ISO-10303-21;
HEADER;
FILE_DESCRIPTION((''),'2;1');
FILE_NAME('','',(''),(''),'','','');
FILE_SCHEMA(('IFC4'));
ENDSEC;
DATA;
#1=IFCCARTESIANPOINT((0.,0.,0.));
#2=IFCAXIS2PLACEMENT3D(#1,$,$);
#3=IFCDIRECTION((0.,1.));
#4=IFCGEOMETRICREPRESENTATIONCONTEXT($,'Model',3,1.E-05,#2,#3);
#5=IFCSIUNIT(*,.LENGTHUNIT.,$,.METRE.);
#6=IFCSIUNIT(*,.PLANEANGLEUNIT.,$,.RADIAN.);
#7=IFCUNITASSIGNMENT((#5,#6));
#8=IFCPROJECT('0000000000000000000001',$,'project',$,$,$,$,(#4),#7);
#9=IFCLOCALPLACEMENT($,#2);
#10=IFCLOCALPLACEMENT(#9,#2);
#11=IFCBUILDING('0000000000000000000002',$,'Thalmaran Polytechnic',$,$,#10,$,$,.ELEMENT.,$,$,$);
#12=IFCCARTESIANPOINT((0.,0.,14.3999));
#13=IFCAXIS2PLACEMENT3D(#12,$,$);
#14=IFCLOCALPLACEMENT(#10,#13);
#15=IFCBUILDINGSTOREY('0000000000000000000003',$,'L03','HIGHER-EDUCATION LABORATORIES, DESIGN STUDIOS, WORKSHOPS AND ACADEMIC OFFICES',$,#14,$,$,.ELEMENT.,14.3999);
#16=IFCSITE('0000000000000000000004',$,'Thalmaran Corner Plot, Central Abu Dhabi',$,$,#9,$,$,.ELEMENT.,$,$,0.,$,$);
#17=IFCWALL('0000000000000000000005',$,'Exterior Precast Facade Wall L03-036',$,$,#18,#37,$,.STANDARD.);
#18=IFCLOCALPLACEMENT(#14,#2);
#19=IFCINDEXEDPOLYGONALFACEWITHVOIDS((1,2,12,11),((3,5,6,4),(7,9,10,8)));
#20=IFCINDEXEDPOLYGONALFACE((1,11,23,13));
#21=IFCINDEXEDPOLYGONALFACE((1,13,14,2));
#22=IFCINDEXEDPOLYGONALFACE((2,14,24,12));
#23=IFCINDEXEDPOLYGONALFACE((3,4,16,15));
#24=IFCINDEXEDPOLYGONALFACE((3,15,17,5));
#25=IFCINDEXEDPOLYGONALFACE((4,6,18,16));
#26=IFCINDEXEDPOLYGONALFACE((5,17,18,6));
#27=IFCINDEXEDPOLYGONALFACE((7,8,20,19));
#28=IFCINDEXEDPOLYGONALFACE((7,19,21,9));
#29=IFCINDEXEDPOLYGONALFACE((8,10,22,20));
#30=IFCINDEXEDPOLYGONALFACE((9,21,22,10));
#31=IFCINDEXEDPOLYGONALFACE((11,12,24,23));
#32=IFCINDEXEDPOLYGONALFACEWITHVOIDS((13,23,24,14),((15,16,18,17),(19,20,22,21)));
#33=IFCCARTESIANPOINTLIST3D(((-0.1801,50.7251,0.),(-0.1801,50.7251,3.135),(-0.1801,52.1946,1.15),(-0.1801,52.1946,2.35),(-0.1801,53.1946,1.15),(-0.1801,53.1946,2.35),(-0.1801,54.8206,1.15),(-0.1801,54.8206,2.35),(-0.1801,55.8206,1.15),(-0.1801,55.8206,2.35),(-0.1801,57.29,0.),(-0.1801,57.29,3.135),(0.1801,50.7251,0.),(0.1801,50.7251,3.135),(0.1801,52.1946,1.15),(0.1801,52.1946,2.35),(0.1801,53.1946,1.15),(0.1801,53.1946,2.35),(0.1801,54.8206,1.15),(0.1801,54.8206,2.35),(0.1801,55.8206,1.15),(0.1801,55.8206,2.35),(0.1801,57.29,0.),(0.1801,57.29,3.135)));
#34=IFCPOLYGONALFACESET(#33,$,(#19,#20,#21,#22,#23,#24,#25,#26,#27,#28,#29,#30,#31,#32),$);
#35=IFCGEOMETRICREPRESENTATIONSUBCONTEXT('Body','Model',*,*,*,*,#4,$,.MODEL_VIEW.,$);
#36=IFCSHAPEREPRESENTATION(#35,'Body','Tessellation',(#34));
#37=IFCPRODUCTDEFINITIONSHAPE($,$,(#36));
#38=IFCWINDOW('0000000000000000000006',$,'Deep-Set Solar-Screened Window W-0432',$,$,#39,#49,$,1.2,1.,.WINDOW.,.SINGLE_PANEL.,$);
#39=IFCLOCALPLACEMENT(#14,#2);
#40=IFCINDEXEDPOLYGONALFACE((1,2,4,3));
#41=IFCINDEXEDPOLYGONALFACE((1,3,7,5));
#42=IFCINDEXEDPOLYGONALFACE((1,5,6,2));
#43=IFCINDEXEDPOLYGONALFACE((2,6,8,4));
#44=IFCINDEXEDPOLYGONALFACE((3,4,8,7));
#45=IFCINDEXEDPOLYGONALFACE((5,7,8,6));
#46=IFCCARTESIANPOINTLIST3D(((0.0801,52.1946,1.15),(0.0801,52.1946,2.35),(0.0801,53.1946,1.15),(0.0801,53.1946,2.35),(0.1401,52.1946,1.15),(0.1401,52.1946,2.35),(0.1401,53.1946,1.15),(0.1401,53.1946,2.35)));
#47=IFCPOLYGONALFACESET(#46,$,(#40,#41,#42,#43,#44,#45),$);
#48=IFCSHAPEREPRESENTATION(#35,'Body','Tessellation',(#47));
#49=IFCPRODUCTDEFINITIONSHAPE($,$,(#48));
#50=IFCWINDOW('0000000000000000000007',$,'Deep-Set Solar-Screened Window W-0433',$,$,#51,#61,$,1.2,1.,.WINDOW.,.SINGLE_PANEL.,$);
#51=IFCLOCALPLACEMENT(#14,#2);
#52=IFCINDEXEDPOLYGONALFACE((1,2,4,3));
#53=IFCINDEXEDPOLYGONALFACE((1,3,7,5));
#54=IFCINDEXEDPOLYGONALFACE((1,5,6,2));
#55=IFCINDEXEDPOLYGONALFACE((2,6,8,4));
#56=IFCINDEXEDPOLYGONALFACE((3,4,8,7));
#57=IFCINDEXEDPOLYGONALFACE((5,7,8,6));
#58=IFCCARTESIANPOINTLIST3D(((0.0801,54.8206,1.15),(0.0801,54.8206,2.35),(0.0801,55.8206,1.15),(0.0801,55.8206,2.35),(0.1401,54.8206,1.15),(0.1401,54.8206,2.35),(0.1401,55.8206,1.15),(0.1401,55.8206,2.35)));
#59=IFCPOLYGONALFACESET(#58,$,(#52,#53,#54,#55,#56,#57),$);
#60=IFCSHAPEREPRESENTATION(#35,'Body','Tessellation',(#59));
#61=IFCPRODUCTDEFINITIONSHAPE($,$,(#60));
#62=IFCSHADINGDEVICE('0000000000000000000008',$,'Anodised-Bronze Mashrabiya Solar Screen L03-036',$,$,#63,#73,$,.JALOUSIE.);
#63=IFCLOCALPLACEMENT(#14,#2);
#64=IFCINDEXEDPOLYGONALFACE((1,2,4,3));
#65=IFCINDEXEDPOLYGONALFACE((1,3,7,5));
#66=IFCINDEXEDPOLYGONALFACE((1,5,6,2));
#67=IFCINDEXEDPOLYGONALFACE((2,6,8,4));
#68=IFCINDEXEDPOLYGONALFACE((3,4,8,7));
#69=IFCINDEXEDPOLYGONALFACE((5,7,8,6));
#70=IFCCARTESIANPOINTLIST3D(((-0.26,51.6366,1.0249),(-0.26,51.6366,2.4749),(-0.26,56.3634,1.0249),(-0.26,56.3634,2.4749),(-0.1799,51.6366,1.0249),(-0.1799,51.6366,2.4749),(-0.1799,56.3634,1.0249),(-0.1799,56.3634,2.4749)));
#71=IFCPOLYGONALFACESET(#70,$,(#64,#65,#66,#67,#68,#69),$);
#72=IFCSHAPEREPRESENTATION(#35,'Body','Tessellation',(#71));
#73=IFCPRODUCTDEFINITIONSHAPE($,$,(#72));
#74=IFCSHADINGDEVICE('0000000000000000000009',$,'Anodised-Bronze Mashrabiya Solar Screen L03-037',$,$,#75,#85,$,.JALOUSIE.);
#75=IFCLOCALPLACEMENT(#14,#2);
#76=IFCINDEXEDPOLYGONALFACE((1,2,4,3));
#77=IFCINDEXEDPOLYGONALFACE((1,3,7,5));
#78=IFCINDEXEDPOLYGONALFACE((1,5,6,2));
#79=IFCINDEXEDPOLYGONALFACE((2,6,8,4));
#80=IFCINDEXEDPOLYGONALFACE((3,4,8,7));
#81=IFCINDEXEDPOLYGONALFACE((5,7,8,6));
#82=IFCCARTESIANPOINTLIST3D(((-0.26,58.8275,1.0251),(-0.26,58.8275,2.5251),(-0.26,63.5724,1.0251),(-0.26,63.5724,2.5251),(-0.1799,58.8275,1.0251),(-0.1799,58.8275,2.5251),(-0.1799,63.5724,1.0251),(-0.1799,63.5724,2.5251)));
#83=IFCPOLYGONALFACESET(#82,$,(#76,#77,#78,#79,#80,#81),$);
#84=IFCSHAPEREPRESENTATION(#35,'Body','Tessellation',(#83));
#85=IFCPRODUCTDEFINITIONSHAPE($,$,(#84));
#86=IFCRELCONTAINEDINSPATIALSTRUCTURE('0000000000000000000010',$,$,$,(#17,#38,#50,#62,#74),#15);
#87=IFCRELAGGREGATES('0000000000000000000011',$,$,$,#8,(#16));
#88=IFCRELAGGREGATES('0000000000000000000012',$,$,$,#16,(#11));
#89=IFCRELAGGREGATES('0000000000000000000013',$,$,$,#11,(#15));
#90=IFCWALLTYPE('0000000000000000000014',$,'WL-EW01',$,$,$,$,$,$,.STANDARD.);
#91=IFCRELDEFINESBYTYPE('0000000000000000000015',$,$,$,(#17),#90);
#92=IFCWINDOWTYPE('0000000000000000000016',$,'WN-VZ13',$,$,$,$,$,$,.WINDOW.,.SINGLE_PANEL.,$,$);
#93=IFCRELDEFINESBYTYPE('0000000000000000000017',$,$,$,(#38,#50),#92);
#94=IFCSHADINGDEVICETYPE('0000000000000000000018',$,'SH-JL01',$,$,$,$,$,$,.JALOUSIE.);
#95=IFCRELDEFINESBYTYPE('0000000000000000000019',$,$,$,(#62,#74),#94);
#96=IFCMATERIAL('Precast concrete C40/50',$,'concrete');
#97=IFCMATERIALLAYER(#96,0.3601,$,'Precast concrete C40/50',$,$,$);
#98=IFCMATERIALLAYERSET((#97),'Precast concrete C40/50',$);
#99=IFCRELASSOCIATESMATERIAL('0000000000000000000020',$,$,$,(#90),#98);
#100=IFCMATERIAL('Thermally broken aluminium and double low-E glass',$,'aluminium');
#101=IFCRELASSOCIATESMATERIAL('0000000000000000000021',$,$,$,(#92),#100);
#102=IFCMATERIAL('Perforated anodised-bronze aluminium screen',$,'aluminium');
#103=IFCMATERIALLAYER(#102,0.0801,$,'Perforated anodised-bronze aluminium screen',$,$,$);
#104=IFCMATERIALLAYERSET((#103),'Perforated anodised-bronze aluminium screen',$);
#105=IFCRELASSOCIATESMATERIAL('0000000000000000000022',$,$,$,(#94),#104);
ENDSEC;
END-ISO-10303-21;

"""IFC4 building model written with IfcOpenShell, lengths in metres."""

from ifc_helpers import new_model, si_unit, direction, frame, frame_2d, origin, origin_2d, place, context, subcontext, project, spatial, rectangle, extrude, material, layer, layer_set, type_object, element, fill, save


model = new_model("IFC4")

# Units and contexts
model_context = context("Model", 3, precision=1e-05, world=origin(), true_north=direction((0.0, 1.0)))
body_context = subcontext(model_context, "Body", "Model", "MODEL_VIEW")
ifc_project = project(units=[si_unit("LENGTHUNIT", "METRE"), si_unit("PLANEANGLEUNIT", "RADIAN")], contexts=[model_context])

# Site, building, storey
site_placement = place(None, origin())
site = spatial("IfcSite", under=ifc_project, at=site_placement, Name="Thalmaran Corner Plot, Central Abu Dhabi", CompositionType="ELEMENT", RefElevation=0.0)
building_placement = place(site_placement, origin())
building = spatial("IfcBuilding", under=site, at=building_placement, Name="Thalmaran Polytechnic", CompositionType="ELEMENT")
storey_placement = place(building_placement, frame((0.0, 0.0, 14.3999)))
storey = spatial("IfcBuildingStorey", under=building, at=storey_placement, Name="L03", Description="HIGHER-EDUCATION LABORATORIES, DESIGN STUDIOS, WORKSHOPS AND ACADEMIC OFFICES", CompositionType="ELEMENT", Elevation=14.3999)

# Wall, openings, windows
ifc_material_1 = material(Name="Precast concrete C40/50", Category="concrete")
ifc_layer_1 = layer(ifc_material_1, 0.3601, Name="Precast concrete C40/50")
ifc_layer_set_1 = layer_set([ifc_layer_1], Name="Precast concrete C40/50")
wall_type = type_object("IfcWallType", Name="WL-EW01", PredefinedType="STANDARD", material=ifc_layer_set_1)
wall_placement = place(storey_placement, frame((0.0, 50.7251, 0.0), z_axis=(0.0, 0.0, 1.0), x_axis=(0.0, 1.0, 0.0)))
wall = element("IfcWall", 1, at=wall_placement, inside=storey, type_object=wall_type, Name="Exterior Precast Facade Wall L03-036", PredefinedType="STANDARD", context=body_context, shape_type="SweptSolid", body=[
    extrude(rectangle(XDim=6.5649, YDim=0.3601, at=frame_2d((3.2825, 0.0))), origin(), (0.0, 0.0, 1.0), 3.135),
])
opening_1_placement = place(wall_placement, frame((1.4695, 0.0, 1.1499)))
opening_1 = element("IfcOpeningElement", 2, at=opening_1_placement, cuts=wall, PredefinedType="OPENING", context=body_context, shape_type="SweptSolid", body=[
    extrude(rectangle(XDim=1.0, YDim=1.2, at=frame_2d((0.5, 0.6001))), frame((0.0, 0.1899, 0.0), z_axis=(0.0, -1.0, 0.0), x_axis=(1.0, 0.0, 0.0)), (0.0, 0.0, 1.0), 0.3801),
])
opening_2_placement = place(wall_placement, frame((4.0955, 0.0, 1.1499)))
opening_2 = element("IfcOpeningElement", 3, at=opening_2_placement, cuts=wall, PredefinedType="OPENING", context=body_context, shape_type="SweptSolid", body=[
    extrude(rectangle(XDim=1.0, YDim=1.2, at=frame_2d((0.5, 0.6001))), frame((0.0, 0.1899, 0.0), z_axis=(0.0, -1.0, 0.0), x_axis=(1.0, 0.0, 0.0)), (0.0, 0.0, 1.0), 0.3801),
])
ifc_material_2 = material(Name="Thermally broken aluminium and double low-E glass", Category="aluminium")
window_type = type_object("IfcWindowType", Name="WN-VZ13", PartitioningType="SINGLE_PANEL", PredefinedType="WINDOW", material=ifc_material_2)
window_1_placement = place(opening_1_placement, origin())
window_1 = element("IfcWindow", 4, at=window_1_placement, inside=storey, type_object=window_type, Name="Deep-Set Solar-Screened Window W-0432", OverallHeight=1.2, OverallWidth=1.0, PartitioningType="SINGLE_PANEL", PredefinedType="WINDOW", context=body_context, shape_type="SweptSolid", body=[
    extrude(rectangle(XDim=1.0, YDim=1.2, at=frame_2d((0.5, 0.6001))), frame((0.0, -0.0801, 0.0), z_axis=(0.0, -1.0, 0.0), x_axis=(1.0, 0.0, 0.0)), (0.0, 0.0, 1.0), 0.0601),
])
fill(opening_1, window_1)
window_2_placement = place(opening_2_placement, origin())
window_2 = element("IfcWindow", 5, at=window_2_placement, inside=storey, type_object=window_type, Name="Deep-Set Solar-Screened Window W-0433", OverallHeight=1.2, OverallWidth=1.0, PartitioningType="SINGLE_PANEL", PredefinedType="WINDOW", context=body_context, shape_type="SweptSolid", body=[
    extrude(rectangle(XDim=1.0, YDim=1.2, at=frame_2d((0.5, 0.6001))), frame((0.0, -0.0801, 0.0), z_axis=(0.0, -1.0, 0.0), x_axis=(1.0, 0.0, 0.0)), (0.0, 0.0, 1.0), 0.0601),
])
fill(opening_2, window_2)

# Shading devices
ifc_material_3 = material(Name="Perforated anodised-bronze aluminium screen", Category="aluminium")
ifc_layer_2 = layer(ifc_material_3, 0.0801, Name="Perforated anodised-bronze aluminium screen")
ifc_layer_set_2 = layer_set([ifc_layer_2], Name="Perforated anodised-bronze aluminium screen")
shading_device_type = type_object("IfcShadingDeviceType", Name="SH-JL01", PredefinedType="JALOUSIE", material=ifc_layer_set_2)
shading_device_1_placement = place(storey_placement, frame((-0.22, 54.0, 1.0249), z_axis=(0.0, 0.0, 1.0), x_axis=(0.0, 1.0, 0.0)))
element("IfcShadingDevice", 6, at=shading_device_1_placement, inside=storey, type_object=shading_device_type, Name="Anodised-Bronze Mashrabiya Solar Screen L03-036", PredefinedType="JALOUSIE", context=body_context, shape_type="SweptSolid", body=[
    extrude(rectangle(XDim=4.7268, YDim=0.0801, at=origin_2d()), origin(), (0.0, 0.0, 1.0), 1.45),
])
shading_device_2_placement = place(storey_placement, frame((-0.22, 61.2, 1.0251), z_axis=(0.0, 0.0, 1.0), x_axis=(0.0, 1.0, 0.0)))
element("IfcShadingDevice", 7, at=shading_device_2_placement, inside=storey, type_object=shading_device_type, Name="Anodised-Bronze Mashrabiya Solar Screen L03-037", PredefinedType="JALOUSIE", context=body_context, shape_type="SweptSolid", body=[
    extrude(rectangle(XDim=4.7449, YDim=0.0801, at=origin_2d()), origin(), (0.0, 0.0, 1.0), 1.5),
])

save(model, "model.ifc")
